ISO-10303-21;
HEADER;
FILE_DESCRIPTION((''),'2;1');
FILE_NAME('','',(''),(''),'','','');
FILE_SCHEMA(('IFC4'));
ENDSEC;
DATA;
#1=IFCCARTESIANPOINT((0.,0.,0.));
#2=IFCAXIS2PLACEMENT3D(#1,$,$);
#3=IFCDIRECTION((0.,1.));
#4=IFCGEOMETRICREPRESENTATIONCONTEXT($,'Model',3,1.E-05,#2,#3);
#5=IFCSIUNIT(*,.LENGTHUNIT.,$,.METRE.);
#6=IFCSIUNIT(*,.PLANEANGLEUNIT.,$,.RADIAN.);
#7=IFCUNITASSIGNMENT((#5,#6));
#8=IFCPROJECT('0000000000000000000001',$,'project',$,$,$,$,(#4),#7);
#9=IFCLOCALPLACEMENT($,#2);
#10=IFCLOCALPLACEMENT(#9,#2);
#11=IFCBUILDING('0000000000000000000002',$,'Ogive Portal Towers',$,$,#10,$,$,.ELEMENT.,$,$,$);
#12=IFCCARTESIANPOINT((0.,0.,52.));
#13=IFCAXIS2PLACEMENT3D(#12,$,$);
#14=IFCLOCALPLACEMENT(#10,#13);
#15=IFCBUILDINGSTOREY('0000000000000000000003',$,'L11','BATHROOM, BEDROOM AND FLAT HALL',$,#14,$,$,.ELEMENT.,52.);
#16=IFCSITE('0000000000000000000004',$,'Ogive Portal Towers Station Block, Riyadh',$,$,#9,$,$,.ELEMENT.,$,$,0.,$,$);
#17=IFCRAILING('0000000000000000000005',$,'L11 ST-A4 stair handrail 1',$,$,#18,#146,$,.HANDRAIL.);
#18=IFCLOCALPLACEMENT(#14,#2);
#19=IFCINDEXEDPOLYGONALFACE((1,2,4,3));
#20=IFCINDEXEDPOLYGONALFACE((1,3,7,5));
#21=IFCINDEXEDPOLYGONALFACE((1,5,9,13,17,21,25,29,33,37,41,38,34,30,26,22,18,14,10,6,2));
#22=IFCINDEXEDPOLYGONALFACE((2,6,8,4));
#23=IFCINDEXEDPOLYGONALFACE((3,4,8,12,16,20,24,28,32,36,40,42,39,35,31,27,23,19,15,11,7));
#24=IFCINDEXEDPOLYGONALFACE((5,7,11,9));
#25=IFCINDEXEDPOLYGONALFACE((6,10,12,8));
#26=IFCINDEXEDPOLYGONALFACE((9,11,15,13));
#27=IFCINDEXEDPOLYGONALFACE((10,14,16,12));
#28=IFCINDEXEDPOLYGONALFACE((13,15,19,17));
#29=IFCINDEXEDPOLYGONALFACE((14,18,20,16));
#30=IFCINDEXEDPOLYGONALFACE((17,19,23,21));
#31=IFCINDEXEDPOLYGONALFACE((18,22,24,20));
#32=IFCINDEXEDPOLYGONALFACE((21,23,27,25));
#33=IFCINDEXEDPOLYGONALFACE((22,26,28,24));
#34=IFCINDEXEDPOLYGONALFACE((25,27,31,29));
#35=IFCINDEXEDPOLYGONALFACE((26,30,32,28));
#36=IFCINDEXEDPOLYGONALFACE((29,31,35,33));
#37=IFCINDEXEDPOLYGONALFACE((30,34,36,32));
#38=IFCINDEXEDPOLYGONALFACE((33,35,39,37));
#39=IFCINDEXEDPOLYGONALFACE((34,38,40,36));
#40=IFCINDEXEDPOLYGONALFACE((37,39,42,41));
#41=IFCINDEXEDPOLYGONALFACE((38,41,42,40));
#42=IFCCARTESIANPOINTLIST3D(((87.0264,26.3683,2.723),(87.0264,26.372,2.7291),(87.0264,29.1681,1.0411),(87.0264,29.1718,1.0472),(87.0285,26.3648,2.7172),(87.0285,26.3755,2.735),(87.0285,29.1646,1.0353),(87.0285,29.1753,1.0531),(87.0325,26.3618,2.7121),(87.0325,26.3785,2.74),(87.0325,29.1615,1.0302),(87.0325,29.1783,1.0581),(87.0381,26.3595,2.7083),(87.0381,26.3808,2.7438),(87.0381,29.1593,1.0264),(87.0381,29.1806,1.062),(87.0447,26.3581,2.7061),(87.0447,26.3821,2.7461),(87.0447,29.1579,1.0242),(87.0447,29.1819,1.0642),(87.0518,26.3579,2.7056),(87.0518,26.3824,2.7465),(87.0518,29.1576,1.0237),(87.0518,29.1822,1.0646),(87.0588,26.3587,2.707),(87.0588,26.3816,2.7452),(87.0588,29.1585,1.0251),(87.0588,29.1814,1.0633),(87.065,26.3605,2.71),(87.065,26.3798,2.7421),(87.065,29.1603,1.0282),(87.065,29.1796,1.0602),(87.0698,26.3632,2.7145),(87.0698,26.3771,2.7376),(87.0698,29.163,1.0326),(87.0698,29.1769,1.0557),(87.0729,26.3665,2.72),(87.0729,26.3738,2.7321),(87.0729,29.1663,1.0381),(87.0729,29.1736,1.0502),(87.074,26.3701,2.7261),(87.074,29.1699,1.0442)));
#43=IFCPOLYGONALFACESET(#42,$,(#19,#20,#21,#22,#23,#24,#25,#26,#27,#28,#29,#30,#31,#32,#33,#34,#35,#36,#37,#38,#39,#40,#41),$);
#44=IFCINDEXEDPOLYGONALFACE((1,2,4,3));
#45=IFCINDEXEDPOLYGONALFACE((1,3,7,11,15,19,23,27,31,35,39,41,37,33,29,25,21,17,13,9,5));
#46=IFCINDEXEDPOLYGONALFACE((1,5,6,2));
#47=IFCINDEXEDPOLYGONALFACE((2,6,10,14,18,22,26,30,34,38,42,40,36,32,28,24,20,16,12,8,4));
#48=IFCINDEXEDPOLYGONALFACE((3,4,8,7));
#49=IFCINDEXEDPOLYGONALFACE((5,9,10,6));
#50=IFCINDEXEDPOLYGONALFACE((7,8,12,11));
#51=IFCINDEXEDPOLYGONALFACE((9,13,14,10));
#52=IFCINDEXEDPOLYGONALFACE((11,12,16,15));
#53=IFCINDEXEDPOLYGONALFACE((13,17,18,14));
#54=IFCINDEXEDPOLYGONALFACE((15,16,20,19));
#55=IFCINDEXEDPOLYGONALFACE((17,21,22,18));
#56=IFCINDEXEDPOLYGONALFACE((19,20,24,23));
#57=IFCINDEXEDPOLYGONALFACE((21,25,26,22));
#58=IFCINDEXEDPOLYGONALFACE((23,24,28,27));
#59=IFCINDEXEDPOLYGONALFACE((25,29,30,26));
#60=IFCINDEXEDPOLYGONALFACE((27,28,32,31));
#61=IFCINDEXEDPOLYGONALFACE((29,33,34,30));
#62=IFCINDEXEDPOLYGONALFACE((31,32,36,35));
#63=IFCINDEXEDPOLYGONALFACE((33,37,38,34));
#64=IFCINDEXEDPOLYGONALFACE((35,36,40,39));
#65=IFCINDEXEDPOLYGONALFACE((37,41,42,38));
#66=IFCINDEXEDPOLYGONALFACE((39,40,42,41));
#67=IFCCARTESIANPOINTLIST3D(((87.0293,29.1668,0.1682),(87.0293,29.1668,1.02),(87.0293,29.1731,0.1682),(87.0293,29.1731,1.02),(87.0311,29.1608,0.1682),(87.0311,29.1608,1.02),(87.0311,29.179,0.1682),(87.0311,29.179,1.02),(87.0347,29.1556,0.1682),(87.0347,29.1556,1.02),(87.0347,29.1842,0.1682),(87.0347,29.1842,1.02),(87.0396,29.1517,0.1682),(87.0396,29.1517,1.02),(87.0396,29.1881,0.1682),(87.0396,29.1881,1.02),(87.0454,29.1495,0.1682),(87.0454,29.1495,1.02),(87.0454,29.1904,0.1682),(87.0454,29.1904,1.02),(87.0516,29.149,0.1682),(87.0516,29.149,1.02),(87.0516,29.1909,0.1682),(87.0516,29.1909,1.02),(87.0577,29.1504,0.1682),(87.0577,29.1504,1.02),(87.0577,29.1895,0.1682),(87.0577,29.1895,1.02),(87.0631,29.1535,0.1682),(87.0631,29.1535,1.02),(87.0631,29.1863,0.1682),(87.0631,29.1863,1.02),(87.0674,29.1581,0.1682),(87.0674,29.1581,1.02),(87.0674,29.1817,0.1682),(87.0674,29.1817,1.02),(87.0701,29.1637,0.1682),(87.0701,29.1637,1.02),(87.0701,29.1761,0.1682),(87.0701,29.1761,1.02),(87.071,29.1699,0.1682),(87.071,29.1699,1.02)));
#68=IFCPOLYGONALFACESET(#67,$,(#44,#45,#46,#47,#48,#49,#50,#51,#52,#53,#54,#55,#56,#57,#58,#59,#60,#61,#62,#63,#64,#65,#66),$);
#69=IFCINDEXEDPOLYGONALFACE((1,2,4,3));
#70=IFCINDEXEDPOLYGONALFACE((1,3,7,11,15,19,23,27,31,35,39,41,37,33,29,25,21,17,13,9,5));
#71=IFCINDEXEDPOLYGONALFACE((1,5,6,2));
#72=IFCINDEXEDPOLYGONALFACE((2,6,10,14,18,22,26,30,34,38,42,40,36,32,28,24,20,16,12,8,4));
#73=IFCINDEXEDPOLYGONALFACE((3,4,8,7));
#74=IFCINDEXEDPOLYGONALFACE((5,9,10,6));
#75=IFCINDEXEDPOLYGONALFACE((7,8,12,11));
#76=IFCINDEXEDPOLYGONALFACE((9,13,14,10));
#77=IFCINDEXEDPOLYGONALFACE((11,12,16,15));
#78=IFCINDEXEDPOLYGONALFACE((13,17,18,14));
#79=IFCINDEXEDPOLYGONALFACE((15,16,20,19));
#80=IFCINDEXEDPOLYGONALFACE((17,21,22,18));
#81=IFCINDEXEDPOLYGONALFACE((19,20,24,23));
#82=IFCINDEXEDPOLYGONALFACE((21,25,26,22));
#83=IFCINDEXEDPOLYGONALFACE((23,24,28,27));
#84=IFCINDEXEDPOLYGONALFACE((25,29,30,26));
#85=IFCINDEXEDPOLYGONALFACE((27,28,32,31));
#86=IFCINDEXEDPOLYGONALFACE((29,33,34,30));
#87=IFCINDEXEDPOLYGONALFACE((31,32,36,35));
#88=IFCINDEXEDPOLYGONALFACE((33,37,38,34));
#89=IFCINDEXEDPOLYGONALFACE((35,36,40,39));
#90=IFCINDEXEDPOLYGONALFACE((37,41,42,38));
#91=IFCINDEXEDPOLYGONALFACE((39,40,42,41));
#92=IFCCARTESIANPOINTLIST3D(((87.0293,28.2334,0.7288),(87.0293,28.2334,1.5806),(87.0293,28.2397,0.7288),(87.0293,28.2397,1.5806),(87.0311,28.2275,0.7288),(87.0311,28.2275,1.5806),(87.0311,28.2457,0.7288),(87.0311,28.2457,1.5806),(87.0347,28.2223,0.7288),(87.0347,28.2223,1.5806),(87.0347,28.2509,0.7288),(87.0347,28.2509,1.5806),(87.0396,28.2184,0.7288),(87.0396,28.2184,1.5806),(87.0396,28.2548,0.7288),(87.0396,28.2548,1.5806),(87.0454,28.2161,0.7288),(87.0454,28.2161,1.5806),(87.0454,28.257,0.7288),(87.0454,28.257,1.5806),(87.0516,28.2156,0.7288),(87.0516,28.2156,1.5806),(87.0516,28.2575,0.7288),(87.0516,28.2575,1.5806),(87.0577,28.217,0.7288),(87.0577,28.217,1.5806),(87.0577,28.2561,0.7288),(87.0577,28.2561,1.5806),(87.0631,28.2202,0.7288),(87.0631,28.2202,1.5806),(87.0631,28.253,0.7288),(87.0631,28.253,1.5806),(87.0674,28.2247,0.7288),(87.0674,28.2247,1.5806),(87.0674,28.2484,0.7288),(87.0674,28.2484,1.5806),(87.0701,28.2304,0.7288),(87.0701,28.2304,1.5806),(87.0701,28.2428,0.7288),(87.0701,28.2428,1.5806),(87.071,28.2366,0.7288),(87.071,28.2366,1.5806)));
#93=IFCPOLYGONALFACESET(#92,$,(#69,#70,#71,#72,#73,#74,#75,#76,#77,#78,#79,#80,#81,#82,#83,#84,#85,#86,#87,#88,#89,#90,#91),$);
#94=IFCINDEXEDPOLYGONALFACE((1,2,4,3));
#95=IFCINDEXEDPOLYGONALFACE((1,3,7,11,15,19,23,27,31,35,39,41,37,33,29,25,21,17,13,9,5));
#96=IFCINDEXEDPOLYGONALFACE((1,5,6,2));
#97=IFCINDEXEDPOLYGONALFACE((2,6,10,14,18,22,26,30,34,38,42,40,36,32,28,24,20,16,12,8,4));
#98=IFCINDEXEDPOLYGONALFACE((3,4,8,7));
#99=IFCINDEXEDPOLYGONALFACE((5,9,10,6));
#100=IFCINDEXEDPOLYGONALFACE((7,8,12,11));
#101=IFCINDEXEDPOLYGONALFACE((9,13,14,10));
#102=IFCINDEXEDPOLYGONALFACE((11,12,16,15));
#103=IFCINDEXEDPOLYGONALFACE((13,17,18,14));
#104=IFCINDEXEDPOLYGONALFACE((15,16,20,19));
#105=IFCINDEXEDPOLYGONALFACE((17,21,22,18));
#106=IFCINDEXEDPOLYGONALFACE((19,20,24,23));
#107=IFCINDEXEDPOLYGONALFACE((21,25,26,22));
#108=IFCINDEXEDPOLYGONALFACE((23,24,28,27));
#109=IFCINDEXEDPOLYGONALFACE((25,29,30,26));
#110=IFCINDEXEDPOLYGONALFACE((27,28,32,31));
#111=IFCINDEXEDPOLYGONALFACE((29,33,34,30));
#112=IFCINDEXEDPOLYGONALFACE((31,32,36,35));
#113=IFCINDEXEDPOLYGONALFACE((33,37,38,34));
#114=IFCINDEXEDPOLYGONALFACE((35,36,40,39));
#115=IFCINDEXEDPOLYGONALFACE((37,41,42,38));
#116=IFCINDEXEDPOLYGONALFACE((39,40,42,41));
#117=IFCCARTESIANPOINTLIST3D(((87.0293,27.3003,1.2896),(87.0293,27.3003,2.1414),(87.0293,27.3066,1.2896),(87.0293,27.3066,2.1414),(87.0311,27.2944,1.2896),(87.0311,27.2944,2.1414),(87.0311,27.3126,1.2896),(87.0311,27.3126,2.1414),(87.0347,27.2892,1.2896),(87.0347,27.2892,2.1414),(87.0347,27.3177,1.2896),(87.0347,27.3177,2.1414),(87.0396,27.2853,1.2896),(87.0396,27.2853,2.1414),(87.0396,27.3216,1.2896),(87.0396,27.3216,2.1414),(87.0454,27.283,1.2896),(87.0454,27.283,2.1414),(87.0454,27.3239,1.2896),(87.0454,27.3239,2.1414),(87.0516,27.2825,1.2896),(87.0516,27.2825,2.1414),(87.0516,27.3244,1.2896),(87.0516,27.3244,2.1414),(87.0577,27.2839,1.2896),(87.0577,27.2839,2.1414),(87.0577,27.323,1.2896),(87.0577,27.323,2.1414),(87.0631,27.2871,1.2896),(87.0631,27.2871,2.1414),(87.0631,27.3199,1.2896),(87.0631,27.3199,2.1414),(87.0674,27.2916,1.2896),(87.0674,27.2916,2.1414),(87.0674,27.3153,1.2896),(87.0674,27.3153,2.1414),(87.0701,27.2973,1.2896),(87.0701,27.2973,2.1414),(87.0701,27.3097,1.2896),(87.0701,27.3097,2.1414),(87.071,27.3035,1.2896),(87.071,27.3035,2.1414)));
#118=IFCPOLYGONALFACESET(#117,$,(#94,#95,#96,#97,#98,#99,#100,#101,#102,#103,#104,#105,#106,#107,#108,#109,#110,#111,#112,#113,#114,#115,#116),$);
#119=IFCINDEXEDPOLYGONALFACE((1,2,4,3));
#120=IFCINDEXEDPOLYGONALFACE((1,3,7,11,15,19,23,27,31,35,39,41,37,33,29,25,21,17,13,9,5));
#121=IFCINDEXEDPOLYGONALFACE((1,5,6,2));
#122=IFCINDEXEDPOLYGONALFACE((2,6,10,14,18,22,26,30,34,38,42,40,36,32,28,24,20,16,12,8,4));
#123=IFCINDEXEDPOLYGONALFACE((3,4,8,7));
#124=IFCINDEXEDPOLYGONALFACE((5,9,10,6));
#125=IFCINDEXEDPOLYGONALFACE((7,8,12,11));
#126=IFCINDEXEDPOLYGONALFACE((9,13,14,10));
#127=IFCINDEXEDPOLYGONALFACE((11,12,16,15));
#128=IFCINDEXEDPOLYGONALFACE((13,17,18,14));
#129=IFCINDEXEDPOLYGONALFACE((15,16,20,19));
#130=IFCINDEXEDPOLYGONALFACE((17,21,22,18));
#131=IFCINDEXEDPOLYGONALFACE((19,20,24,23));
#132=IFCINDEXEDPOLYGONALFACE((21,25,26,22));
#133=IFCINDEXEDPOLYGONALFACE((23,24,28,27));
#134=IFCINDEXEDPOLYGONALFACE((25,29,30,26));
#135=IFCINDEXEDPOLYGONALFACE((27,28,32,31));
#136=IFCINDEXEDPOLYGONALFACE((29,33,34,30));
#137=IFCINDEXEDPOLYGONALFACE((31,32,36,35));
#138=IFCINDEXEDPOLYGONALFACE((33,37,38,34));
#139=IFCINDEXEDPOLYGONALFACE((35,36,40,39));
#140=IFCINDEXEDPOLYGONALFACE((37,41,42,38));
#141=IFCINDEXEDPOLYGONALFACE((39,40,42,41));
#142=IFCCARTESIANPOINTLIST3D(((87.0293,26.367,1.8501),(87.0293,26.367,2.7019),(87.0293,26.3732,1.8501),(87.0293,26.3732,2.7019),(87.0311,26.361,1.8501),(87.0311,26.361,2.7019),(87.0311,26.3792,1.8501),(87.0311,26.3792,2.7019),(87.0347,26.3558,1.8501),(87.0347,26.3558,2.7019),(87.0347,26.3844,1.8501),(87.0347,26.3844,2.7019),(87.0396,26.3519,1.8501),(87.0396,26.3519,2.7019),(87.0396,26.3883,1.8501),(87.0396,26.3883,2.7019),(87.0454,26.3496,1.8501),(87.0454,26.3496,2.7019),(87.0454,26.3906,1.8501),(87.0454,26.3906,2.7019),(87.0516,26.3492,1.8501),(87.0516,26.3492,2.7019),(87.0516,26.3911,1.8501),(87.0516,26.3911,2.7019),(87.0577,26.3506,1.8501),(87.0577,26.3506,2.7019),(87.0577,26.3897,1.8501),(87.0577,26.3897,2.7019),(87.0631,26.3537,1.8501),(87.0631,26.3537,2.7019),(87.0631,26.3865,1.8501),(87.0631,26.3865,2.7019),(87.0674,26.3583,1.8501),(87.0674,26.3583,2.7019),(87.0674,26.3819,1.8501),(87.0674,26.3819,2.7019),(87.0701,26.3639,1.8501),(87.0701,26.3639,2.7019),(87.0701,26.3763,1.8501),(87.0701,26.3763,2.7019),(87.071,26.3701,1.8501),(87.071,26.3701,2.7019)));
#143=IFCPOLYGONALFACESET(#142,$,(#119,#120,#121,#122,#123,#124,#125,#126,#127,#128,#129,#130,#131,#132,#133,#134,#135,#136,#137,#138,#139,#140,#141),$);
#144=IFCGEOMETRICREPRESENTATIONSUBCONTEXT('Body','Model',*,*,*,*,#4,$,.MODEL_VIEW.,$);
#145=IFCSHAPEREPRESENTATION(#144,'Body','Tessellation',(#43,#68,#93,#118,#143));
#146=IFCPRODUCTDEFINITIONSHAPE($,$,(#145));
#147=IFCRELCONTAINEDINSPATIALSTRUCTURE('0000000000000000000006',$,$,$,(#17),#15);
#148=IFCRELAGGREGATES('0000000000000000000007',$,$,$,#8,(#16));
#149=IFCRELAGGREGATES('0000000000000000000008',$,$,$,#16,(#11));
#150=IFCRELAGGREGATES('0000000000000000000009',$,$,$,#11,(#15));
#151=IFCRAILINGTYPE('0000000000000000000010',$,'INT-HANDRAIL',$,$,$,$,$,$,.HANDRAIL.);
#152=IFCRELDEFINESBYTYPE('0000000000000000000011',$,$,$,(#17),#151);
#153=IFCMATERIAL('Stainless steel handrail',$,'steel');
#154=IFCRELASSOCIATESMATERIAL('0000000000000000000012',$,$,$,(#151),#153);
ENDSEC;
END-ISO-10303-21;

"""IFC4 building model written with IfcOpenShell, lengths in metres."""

from ifc_helpers import new_model, si_unit, direction, frame, origin, origin_2d, place, context, subcontext, project, spatial, circle, extrude, material, type_object, element, save


model = new_model("IFC4")

# Units and contexts
model_context = context("Model", 3, precision=1e-05, world=origin(), true_north=direction((0.0, 1.0)))
body_context = subcontext(model_context, "Body", "Model", "MODEL_VIEW")
ifc_project = project(units=[si_unit("LENGTHUNIT", "METRE"), si_unit("PLANEANGLEUNIT", "RADIAN")], contexts=[model_context])

# Site, building, storey
site_placement = place(None, origin())
site = spatial("IfcSite", under=ifc_project, at=site_placement, Name="Ogive Portal Towers Station Block, Riyadh", CompositionType="ELEMENT", RefElevation=0.0)
building_placement = place(site_placement, origin())
building = spatial("IfcBuilding", under=site, at=building_placement, Name="Ogive Portal Towers", CompositionType="ELEMENT")
storey_placement = place(building_placement, frame((0.0, 0.0, 52.0)))
storey = spatial("IfcBuildingStorey", under=building, at=storey_placement, Name="L11", Description="BATHROOM, BEDROOM AND FLAT HALL", CompositionType="ELEMENT", Elevation=52.0)

# Railing
ifc_material_1 = material(Name="Stainless steel handrail", Category="steel")
railing_type_1 = type_object("IfcRailingType", Name="INT-HANDRAIL", PredefinedType="HANDRAIL", material=ifc_material_1)
railing_1_placement = place(storey_placement, frame((87.05, 29.1699, 0.1682)))
element("IfcRailing", 1, at=railing_1_placement, inside=storey, type_object=railing_type_1, Name="L11 ST-A4 stair handrail 1", PredefinedType="HANDRAIL", context=body_context, shape_type="SweptSolid", body=[
    extrude(circle(Radius=0.0239, at=origin_2d()), frame((0.0, 0.0, 0.876), z_axis=(0.0, -0.857222, 0.514946), x_axis=(1.0, 0.0, 0.0)), (0.0, 0.0, 1.0), 3.2661),
    extrude(circle(Radius=0.021, at=origin_2d()), origin(), (0.0, 0.0, 1.0), 0.8518),
    extrude(circle(Radius=0.021, at=origin_2d()), frame((0.0, -0.9333, 0.5605)), (0.0, 0.0, 1.0), 0.8518),
    extrude(circle(Radius=0.021, at=origin_2d()), frame((0.0, -1.8665, 1.1213)), (0.0, 0.0, 1.0), 0.8518),
    extrude(circle(Radius=0.021, at=origin_2d()), frame((0.0, -2.7998, 1.6819)), (0.0, 0.0, 1.0), 0.8518),
])

save(model, "model.ifc")
